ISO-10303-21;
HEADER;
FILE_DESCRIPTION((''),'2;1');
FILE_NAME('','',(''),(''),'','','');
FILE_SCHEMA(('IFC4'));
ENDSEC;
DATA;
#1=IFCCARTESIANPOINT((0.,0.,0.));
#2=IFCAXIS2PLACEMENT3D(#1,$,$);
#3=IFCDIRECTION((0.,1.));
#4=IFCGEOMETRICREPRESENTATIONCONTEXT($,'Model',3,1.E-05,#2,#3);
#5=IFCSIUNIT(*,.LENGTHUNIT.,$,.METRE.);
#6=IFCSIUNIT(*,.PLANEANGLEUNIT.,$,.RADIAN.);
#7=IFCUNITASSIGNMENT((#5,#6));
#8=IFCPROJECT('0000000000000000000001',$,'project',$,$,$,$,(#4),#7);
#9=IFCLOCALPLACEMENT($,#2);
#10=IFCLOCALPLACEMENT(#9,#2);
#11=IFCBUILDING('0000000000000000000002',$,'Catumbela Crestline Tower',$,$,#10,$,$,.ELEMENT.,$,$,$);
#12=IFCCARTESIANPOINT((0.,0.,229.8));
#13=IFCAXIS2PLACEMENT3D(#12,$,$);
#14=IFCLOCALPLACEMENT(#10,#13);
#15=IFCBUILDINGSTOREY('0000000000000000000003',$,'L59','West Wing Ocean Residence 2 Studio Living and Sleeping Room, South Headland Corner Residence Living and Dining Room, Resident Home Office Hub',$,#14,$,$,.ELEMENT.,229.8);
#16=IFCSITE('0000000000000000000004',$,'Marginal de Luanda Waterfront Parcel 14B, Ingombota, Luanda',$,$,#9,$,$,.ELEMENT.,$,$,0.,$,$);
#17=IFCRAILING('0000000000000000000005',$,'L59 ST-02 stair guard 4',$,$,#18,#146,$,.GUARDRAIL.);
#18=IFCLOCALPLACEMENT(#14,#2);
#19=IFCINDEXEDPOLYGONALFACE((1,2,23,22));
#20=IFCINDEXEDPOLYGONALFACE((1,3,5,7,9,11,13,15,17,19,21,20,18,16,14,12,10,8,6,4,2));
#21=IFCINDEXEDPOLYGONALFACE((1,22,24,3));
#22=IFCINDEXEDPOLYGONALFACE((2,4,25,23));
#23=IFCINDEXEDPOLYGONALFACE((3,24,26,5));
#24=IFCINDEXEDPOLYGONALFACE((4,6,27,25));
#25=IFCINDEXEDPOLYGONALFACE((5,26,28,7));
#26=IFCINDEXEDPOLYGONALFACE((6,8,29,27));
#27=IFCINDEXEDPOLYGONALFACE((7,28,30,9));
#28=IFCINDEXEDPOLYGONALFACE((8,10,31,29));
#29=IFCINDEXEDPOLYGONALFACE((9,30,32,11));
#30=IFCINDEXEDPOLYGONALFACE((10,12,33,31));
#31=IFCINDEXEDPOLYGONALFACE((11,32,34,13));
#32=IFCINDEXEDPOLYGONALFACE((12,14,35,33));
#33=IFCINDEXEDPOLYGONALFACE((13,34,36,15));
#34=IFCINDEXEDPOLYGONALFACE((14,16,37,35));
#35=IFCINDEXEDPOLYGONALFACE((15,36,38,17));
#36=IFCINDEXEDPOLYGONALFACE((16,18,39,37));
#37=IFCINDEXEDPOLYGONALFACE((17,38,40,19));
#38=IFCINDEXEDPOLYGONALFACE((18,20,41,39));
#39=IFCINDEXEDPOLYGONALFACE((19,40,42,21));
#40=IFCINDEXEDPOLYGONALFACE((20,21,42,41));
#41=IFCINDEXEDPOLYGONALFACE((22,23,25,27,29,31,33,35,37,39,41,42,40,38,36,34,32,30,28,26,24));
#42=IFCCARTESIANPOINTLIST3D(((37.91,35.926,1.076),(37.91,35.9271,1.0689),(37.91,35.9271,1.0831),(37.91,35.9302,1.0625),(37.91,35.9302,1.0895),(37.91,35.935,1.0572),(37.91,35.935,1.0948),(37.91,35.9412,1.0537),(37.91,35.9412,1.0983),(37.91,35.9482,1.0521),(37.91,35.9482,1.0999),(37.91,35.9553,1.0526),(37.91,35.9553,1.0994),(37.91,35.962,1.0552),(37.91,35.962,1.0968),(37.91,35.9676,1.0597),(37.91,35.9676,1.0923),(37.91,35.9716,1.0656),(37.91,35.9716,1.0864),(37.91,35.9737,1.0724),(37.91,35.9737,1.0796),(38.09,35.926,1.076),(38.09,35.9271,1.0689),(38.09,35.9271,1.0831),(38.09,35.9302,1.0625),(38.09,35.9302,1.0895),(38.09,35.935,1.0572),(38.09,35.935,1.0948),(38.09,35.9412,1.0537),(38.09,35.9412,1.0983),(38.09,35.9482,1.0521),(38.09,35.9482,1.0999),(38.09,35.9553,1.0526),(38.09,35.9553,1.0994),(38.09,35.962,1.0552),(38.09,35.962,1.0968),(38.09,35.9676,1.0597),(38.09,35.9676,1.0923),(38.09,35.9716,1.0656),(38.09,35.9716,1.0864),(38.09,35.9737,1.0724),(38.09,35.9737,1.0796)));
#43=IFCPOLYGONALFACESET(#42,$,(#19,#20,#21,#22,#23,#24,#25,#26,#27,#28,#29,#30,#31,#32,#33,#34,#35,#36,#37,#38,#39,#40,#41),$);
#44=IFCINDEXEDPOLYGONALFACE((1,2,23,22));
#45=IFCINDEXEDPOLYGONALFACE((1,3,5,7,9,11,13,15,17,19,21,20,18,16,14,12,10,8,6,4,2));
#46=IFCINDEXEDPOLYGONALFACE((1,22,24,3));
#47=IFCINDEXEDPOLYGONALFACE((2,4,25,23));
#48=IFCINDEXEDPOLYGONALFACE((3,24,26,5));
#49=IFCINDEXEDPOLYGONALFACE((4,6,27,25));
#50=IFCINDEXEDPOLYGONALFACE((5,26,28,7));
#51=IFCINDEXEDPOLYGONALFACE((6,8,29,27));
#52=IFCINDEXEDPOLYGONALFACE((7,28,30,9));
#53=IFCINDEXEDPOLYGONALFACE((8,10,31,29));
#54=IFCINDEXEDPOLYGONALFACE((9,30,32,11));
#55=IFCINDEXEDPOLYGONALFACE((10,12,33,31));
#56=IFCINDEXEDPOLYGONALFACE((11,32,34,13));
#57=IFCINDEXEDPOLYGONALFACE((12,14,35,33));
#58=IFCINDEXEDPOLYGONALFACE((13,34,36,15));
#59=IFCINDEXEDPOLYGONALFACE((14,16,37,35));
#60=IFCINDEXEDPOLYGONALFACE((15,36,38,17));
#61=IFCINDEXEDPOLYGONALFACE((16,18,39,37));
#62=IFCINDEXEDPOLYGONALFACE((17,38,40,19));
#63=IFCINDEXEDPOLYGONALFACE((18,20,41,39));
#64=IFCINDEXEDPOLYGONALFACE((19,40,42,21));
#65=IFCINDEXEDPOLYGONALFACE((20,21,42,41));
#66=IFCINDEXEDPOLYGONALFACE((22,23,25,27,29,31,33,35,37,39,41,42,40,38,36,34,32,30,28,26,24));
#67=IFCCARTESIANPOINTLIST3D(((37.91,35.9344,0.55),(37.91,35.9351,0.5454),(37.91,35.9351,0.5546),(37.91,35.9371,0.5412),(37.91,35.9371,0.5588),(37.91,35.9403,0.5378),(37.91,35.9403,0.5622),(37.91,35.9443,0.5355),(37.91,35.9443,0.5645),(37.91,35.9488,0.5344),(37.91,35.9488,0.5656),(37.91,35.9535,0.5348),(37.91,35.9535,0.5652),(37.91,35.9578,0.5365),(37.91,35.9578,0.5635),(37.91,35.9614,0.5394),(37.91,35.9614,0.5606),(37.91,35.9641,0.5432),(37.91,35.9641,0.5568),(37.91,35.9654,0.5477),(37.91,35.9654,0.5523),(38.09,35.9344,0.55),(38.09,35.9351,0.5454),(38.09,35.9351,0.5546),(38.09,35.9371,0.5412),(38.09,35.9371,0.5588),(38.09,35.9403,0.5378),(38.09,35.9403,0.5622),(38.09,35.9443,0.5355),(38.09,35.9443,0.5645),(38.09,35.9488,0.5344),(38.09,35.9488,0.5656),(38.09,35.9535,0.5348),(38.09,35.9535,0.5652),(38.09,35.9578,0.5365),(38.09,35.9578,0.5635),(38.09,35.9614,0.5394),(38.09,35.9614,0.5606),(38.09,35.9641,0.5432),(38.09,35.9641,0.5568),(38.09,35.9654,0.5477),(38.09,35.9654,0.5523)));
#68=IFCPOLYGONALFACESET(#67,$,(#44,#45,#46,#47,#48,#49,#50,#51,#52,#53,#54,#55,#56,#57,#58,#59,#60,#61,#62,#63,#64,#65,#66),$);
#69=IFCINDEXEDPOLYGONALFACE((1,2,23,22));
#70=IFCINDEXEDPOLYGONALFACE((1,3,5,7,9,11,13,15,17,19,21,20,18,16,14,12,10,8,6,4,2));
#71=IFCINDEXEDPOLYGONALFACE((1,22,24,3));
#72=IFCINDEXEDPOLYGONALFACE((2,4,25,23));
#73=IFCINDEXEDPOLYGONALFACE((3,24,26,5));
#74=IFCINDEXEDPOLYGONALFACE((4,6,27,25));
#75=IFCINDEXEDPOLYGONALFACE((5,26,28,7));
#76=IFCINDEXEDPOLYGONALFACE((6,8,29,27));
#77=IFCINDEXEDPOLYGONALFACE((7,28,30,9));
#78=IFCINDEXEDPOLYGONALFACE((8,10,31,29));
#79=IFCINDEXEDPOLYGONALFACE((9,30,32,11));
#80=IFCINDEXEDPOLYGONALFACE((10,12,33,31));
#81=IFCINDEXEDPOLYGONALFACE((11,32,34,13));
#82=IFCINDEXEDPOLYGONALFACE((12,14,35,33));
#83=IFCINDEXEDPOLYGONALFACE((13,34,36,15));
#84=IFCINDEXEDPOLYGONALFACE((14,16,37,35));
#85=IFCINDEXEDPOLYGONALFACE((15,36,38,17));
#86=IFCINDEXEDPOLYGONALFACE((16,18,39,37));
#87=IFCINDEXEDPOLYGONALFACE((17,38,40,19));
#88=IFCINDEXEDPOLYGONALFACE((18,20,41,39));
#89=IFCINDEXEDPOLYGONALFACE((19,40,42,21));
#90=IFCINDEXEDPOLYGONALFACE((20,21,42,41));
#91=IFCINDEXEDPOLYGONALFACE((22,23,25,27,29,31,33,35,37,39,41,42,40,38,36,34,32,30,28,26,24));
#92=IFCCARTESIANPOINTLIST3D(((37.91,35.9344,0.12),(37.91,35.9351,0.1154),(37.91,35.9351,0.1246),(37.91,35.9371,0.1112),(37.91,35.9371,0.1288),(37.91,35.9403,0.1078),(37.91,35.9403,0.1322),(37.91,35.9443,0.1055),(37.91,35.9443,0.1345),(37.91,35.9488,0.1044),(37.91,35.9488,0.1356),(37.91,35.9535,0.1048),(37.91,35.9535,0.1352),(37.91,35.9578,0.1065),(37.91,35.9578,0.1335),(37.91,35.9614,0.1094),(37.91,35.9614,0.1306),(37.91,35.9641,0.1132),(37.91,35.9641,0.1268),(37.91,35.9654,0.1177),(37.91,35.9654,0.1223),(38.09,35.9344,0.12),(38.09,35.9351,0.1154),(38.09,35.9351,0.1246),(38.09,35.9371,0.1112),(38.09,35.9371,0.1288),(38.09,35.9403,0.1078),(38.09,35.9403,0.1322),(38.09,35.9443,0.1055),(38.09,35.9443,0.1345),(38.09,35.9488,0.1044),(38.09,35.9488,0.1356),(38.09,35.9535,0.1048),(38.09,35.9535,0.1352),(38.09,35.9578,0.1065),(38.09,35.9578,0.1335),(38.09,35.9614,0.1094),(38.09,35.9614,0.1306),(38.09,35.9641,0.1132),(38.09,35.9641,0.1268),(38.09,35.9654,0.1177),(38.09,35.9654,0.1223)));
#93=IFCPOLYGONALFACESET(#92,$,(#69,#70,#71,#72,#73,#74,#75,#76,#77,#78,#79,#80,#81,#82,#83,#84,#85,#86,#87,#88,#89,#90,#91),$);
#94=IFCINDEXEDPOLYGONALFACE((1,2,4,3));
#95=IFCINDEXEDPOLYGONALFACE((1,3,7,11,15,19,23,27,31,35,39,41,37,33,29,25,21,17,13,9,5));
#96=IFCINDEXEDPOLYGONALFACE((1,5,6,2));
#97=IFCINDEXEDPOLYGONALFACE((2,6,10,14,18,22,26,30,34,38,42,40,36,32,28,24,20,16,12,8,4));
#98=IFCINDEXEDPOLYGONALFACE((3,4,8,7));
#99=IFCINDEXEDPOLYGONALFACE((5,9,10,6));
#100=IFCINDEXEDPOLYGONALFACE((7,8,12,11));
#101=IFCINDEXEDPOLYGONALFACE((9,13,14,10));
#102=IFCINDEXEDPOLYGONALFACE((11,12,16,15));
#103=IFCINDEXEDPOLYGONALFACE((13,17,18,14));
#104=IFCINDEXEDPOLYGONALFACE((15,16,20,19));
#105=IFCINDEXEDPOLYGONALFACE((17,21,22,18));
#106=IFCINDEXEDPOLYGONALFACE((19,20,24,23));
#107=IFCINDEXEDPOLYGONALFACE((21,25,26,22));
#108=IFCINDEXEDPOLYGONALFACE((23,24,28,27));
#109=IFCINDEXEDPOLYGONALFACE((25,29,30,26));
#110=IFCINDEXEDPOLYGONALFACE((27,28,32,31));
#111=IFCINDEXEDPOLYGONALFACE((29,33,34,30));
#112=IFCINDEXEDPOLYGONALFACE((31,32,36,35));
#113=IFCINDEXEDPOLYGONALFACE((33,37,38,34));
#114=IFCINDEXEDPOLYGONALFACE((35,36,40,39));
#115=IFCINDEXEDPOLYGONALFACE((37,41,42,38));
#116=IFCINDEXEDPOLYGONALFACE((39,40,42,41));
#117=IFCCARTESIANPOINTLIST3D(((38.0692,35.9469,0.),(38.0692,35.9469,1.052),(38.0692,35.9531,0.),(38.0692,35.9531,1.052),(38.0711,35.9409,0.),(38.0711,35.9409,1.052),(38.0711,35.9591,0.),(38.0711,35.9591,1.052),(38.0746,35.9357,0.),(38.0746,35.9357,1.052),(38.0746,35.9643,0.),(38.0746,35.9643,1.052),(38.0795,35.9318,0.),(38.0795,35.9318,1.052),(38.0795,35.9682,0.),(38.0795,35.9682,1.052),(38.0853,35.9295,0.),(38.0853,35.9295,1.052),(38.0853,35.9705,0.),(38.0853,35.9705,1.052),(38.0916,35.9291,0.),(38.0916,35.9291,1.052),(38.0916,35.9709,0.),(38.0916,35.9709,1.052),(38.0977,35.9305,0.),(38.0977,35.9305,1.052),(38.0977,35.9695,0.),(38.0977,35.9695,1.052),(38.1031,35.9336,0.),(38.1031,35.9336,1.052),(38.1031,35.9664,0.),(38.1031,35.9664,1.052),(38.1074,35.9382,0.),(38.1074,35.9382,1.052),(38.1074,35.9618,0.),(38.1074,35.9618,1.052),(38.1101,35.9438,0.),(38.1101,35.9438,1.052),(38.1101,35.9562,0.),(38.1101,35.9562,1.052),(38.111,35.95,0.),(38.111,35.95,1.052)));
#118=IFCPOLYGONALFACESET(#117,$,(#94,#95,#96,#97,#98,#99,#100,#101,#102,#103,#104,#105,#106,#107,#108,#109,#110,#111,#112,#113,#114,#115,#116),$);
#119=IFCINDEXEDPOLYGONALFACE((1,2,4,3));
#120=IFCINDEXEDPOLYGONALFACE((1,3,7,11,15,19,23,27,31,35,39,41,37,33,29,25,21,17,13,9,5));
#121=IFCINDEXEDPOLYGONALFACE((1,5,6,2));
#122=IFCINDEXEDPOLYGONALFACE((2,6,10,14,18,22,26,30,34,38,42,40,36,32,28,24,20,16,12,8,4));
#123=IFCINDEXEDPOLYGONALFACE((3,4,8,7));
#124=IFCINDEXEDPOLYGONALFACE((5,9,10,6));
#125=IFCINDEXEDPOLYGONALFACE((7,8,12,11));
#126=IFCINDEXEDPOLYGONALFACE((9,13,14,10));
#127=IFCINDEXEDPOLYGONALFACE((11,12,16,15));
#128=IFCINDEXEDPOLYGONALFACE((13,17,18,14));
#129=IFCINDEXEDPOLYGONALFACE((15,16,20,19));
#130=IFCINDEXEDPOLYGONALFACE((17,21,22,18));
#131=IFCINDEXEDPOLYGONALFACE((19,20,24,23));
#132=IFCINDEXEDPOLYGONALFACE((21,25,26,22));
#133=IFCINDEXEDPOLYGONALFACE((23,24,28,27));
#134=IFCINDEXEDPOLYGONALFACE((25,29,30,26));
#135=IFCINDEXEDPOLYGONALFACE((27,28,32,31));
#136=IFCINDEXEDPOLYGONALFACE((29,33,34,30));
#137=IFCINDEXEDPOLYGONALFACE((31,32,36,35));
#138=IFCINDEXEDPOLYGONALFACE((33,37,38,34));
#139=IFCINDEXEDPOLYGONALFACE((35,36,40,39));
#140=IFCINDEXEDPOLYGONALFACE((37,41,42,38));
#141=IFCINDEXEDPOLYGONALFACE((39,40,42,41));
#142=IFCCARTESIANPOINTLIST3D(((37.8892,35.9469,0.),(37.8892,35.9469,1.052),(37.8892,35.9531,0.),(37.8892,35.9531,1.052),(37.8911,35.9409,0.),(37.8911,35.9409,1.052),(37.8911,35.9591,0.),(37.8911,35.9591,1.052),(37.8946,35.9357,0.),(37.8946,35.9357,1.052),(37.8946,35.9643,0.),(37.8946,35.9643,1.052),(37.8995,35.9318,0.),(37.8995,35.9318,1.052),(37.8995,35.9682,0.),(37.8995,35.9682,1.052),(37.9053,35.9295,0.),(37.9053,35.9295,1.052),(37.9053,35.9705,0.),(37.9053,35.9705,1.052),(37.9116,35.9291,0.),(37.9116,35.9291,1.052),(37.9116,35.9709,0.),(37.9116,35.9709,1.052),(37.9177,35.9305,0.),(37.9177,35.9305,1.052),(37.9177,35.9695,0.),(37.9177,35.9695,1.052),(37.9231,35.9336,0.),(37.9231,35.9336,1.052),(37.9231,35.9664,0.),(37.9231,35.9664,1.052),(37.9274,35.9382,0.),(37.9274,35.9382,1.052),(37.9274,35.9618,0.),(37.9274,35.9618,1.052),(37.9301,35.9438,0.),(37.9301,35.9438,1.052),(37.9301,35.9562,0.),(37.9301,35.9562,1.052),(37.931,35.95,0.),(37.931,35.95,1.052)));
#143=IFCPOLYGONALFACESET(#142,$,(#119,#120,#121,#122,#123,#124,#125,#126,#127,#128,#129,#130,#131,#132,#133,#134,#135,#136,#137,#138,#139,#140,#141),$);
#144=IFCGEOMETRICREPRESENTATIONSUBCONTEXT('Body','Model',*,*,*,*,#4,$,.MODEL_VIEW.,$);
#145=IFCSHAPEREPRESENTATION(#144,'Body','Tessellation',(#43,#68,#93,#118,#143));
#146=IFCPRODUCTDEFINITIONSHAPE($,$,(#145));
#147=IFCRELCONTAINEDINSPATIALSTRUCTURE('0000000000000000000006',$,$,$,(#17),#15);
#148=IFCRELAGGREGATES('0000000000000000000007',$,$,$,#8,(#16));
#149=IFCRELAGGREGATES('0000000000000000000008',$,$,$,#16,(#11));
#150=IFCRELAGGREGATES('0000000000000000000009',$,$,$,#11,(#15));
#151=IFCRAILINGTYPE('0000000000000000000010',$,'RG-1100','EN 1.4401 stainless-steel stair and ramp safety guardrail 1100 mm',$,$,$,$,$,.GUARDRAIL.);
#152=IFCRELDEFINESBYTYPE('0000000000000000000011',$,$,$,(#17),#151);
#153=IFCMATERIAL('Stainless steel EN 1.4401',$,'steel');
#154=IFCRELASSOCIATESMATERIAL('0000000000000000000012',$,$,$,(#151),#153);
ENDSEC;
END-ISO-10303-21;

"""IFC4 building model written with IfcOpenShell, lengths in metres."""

from ifc_helpers import new_model, si_unit, direction, frame, origin, origin_2d, place, context, subcontext, project, spatial, circle, extrude, material, type_object, element, save


model = new_model("IFC4")

# Units and contexts
model_context = context("Model", 3, precision=1e-05, world=origin(), true_north=direction((0.0, 1.0)))
body_context = subcontext(model_context, "Body", "Model", "MODEL_VIEW")
ifc_project = project(units=[si_unit("LENGTHUNIT", "METRE"), si_unit("PLANEANGLEUNIT", "RADIAN")], contexts=[model_context])

# Site, building, storey
site_placement = place(None, origin())
site = spatial("IfcSite", under=ifc_project, at=site_placement, Name="Marginal de Luanda Waterfront Parcel 14B, Ingombota, Luanda", CompositionType="ELEMENT", RefElevation=0.0)
building_placement = place(site_placement, origin())
building = spatial("IfcBuilding", under=site, at=building_placement, Name="Catumbela Crestline Tower", CompositionType="ELEMENT")
storey_placement = place(building_placement, frame((0.0, 0.0, 229.8)))
storey = spatial("IfcBuildingStorey", under=building, at=storey_placement, Name="L59", Description="West Wing Ocean Residence 2 Studio Living and Sleeping Room, South Headland Corner Residence Living and Dining Room, Resident Home Office Hub", CompositionType="ELEMENT", Elevation=229.8)

# Railing
ifc_material_1 = material(Name="Stainless steel EN 1.4401", Category="steel")
railing_type_1 = type_object("IfcRailingType", Name="RG-1100", Description="EN 1.4401 stainless-steel stair and ramp safety guardrail 1100 mm", PredefinedType="GUARDRAIL", material=ifc_material_1)
for number, where, name in (
    (1, (38.09, 35.95, 0.0), "L59 ST-02 stair guard 4"),
):
    element("IfcRailing", number, at=place(storey_placement, frame(where)), inside=storey, type_object=railing_type_1, Name=name, PredefinedType="GUARDRAIL", context=body_context, shape_type="SweptSolid", body=[
        extrude(circle(Radius=0.024, at=origin_2d()), frame((0.0, 0.0, 1.076), z_axis=(-1.0, 0.0, 0.0), x_axis=(0.0, -1.0, 0.0)), (0.0, 0.0, 1.0), 0.18),
        extrude(circle(Radius=0.0156, at=origin_2d()), frame((0.0, 0.0, 0.55), z_axis=(-1.0, 0.0, 0.0), x_axis=(0.0, -1.0, 0.0)), (0.0, 0.0, 1.0), 0.18),
        extrude(circle(Radius=0.0156, at=origin_2d()), frame((0.0, 0.0, 0.12), z_axis=(-1.0, 0.0, 0.0), x_axis=(0.0, -1.0, 0.0)), (0.0, 0.0, 1.0), 0.18),
        extrude(circle(Radius=0.021, at=origin_2d()), origin(), (0.0, 0.0, 1.0), 1.052),
        extrude(circle(Radius=0.021, at=origin_2d()), frame((-0.18, 0.0, 0.0)), (0.0, 0.0, 1.0), 1.052),
    ])

save(model, "model.ifc")
